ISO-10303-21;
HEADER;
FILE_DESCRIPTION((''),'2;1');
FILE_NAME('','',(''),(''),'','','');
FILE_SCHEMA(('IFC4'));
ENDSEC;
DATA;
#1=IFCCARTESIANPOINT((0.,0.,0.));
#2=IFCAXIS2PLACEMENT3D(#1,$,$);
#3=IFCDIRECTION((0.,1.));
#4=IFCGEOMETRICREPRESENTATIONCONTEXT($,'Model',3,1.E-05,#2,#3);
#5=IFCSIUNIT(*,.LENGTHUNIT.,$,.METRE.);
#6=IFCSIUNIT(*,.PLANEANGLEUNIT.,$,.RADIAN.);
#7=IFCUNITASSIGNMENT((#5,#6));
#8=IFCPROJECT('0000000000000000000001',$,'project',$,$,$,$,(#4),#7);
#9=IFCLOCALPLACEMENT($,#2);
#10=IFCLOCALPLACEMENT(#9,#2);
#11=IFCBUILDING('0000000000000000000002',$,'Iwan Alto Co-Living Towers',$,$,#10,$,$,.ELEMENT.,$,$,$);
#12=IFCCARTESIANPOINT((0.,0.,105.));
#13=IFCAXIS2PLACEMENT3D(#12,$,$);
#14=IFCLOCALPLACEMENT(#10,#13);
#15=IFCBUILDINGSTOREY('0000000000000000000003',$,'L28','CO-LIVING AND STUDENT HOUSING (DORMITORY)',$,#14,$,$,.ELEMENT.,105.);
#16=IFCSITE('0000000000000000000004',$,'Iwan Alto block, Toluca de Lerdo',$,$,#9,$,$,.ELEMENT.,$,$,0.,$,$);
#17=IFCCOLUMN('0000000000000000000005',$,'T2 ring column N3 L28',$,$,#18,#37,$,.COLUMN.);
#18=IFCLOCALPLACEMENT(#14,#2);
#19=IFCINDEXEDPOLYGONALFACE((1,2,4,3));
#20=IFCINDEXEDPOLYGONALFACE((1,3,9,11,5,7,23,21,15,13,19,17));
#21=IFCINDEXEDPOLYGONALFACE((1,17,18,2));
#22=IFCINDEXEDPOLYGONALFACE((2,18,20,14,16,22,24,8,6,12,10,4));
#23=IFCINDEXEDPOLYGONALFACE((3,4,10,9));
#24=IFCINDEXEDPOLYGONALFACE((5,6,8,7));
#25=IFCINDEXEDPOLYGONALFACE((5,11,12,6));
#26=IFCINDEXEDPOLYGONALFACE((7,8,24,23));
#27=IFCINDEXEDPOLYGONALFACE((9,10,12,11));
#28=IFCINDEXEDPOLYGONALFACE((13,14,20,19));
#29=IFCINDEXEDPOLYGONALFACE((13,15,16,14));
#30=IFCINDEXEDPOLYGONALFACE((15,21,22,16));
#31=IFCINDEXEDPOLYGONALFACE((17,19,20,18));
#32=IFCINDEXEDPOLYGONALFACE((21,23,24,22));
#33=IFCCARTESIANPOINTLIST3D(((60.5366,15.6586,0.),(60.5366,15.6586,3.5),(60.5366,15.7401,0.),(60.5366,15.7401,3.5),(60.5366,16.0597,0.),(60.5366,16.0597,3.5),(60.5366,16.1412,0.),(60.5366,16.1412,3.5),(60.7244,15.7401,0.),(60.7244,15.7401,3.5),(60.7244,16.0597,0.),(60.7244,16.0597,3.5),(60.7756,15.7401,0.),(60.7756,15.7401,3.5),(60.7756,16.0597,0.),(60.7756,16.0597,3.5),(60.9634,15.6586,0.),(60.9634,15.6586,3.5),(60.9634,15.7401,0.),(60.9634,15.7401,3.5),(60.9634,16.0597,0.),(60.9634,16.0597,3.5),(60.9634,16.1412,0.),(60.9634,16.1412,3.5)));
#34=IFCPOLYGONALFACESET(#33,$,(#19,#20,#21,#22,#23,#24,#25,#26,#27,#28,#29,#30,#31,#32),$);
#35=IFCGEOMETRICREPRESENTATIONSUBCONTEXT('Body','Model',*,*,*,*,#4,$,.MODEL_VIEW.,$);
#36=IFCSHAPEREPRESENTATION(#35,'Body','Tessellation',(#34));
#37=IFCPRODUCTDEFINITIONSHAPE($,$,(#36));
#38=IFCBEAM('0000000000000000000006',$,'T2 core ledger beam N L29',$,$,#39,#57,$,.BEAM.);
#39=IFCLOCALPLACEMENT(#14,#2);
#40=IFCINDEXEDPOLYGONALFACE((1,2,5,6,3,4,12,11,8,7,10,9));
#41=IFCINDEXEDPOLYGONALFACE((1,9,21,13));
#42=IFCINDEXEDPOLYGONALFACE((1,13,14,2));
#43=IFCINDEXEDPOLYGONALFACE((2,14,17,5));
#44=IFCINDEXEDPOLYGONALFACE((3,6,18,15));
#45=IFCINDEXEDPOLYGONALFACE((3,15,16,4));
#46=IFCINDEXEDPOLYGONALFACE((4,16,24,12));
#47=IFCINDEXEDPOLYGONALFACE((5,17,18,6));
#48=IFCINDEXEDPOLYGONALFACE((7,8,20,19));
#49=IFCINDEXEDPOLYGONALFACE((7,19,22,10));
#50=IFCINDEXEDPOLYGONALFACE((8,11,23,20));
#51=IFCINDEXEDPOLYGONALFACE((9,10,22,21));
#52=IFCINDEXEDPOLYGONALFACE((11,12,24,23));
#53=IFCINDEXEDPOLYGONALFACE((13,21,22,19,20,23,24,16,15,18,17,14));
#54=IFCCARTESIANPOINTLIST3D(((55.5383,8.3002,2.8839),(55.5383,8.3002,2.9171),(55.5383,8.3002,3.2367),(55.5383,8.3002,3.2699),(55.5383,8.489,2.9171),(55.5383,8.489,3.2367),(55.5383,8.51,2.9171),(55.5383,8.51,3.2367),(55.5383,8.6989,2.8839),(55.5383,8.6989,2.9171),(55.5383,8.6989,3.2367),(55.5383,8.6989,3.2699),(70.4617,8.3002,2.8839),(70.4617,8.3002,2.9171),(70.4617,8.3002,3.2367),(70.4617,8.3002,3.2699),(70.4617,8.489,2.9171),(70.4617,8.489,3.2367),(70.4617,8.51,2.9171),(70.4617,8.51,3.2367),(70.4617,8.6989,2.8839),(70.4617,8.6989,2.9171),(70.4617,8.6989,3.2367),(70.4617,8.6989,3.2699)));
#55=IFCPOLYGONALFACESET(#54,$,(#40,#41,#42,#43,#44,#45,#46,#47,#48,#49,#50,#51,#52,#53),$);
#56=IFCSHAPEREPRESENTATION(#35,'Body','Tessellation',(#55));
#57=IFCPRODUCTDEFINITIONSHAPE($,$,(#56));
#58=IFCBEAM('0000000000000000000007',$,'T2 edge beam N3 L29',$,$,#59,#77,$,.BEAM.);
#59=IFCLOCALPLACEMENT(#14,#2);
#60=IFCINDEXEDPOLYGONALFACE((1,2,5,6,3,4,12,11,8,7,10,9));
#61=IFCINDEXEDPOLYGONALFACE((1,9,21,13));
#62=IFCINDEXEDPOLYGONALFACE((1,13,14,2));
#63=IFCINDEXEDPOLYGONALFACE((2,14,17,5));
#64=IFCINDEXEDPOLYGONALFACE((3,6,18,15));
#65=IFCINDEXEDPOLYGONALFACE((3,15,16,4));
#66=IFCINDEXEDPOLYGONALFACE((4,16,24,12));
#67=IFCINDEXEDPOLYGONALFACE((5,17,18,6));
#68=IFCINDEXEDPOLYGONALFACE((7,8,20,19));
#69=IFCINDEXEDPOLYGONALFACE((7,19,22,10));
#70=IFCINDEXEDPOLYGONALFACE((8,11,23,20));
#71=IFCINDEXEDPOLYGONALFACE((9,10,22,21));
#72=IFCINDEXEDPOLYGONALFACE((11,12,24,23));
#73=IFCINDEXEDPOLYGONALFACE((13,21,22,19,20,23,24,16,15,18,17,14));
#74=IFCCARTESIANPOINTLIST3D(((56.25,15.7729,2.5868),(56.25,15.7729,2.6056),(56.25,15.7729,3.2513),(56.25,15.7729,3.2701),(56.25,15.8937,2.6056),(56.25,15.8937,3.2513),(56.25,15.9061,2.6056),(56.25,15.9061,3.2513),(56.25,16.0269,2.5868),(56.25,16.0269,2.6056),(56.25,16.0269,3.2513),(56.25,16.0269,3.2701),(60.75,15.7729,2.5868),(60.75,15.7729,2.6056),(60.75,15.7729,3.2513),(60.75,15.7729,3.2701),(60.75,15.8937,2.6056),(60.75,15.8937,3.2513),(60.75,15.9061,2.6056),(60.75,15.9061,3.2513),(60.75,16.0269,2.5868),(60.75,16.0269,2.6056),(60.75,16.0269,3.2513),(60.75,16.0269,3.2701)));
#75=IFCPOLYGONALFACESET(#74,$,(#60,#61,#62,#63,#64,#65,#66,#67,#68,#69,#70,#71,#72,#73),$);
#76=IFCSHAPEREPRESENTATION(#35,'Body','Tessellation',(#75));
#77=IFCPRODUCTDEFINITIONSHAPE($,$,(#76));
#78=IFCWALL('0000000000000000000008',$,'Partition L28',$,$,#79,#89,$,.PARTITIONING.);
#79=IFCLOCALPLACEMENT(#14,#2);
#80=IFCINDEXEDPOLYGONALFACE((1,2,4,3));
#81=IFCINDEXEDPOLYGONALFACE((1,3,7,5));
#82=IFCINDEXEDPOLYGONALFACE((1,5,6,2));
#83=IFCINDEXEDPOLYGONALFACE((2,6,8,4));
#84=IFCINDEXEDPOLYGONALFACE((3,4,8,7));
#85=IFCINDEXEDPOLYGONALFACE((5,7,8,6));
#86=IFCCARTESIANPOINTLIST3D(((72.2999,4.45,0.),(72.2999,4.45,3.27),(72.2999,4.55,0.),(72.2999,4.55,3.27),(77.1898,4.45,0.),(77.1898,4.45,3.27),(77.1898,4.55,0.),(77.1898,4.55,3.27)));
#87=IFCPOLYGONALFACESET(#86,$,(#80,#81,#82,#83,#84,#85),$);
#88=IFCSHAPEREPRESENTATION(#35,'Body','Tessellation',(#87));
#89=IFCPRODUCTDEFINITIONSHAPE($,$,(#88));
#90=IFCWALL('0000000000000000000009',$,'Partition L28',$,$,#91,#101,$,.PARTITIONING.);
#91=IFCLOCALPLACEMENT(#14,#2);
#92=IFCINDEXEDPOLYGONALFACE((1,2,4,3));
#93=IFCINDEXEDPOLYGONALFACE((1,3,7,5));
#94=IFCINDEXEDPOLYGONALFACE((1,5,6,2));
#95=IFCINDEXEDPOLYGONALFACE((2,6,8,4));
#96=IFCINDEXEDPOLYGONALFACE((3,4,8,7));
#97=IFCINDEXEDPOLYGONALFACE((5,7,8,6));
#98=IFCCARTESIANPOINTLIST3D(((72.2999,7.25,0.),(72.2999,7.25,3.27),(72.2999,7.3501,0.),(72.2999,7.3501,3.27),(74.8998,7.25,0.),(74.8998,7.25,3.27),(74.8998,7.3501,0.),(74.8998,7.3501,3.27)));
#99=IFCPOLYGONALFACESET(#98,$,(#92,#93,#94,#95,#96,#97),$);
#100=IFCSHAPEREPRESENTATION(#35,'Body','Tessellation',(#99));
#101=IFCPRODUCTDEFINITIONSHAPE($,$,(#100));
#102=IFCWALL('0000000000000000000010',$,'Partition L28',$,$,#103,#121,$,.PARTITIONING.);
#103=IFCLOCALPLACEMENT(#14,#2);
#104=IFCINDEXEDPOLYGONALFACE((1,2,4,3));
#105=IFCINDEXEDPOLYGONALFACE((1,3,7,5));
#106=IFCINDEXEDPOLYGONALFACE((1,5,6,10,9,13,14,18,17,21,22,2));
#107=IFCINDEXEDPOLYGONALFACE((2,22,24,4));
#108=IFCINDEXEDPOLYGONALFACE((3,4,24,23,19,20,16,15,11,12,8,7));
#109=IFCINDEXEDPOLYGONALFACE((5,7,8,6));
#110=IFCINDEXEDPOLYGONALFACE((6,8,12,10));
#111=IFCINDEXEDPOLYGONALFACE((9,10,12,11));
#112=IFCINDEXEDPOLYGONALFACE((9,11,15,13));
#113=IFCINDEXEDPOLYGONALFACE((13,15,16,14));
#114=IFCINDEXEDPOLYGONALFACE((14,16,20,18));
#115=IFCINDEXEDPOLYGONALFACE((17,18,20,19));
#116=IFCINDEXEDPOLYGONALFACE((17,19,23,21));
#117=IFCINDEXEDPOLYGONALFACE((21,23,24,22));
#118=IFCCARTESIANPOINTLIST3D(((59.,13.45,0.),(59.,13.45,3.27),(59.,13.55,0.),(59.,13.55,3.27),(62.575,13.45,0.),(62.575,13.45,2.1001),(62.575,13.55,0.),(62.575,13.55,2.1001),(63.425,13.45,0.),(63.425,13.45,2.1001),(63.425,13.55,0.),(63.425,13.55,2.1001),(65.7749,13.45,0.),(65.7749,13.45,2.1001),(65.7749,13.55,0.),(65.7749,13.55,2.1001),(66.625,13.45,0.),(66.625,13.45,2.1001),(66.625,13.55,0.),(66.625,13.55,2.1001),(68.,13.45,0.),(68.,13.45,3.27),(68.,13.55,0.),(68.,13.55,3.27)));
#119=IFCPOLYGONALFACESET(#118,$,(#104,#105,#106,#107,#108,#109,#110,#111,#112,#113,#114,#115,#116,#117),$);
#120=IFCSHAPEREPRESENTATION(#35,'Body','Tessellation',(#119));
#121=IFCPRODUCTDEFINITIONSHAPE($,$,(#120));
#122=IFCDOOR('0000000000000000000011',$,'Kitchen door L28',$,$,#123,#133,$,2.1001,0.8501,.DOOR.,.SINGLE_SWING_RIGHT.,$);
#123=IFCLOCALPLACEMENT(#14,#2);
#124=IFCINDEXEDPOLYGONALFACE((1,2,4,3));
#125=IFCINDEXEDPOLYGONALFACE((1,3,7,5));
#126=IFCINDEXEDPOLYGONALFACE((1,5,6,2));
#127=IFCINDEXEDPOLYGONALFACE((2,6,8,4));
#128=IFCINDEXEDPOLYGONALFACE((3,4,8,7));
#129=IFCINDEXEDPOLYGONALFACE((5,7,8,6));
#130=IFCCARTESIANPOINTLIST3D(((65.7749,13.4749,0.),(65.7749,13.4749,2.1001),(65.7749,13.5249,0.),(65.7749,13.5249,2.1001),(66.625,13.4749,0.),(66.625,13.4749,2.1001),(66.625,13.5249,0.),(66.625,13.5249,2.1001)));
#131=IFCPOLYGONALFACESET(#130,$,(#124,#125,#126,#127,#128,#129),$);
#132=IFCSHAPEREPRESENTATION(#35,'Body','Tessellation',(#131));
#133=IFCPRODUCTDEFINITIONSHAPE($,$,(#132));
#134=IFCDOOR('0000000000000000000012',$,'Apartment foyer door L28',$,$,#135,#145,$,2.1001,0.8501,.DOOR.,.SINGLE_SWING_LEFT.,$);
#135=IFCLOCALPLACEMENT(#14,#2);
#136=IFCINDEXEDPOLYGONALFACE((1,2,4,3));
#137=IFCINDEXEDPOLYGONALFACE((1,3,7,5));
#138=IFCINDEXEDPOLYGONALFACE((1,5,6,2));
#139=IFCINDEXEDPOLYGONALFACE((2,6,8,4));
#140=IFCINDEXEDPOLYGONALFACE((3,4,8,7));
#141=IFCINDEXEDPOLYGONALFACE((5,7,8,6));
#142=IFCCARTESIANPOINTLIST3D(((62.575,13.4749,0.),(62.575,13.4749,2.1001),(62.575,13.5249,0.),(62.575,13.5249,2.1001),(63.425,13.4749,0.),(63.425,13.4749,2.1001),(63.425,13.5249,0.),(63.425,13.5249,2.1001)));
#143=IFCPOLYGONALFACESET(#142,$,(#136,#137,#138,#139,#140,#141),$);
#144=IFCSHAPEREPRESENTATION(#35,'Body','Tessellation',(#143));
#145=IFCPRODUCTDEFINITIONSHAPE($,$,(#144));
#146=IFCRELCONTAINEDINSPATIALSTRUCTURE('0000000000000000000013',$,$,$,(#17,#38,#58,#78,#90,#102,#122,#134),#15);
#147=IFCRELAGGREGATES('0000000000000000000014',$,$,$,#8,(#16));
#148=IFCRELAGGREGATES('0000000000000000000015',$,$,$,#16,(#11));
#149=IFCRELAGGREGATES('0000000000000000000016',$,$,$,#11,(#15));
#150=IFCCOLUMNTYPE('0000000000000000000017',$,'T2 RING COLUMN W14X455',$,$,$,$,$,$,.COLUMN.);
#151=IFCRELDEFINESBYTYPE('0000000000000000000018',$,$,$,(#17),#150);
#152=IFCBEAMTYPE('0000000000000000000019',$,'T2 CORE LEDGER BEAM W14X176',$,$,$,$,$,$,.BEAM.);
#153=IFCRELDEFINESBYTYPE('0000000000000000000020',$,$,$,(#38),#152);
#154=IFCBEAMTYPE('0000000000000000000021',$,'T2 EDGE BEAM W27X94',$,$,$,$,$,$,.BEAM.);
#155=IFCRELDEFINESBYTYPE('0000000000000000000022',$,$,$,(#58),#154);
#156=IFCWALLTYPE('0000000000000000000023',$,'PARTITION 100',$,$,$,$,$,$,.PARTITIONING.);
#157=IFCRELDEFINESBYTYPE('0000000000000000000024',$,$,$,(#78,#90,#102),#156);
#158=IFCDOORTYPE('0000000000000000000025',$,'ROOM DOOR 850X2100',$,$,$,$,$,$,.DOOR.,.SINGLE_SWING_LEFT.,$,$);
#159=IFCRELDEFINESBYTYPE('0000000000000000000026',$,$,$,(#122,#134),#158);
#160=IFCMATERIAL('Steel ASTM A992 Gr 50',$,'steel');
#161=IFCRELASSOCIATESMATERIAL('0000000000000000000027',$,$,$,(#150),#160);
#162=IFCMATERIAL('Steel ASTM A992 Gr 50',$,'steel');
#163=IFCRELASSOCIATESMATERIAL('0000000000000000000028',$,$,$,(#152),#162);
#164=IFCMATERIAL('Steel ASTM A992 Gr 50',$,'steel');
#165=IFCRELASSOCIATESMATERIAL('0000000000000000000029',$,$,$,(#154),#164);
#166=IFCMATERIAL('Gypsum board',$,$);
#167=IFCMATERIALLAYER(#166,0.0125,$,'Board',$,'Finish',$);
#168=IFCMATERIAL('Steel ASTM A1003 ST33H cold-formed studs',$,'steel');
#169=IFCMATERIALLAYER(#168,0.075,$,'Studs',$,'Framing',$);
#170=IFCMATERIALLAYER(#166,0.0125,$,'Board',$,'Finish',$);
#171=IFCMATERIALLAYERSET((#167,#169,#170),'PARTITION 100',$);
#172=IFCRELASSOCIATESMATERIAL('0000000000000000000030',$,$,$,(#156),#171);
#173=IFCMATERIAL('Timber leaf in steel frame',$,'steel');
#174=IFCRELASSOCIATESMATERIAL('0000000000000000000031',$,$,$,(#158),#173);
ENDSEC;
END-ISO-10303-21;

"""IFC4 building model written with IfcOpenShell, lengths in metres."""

from ifc_helpers import new_model, si_unit, direction, frame, frame_2d, origin, origin_2d, place, context, subcontext, project, spatial, rectangle, i_section, extrude, material, layer, layer_set, material_profile, profile_set, type_object, element, fill, save


model = new_model("IFC4")

# Units and contexts
model_context = context("Model", 3, precision=1e-05, world=origin(), true_north=direction((0.0, 1.0)))
body_context = subcontext(model_context, "Body", "Model", "MODEL_VIEW")
ifc_project = project(units=[si_unit("LENGTHUNIT", "METRE"), si_unit("PLANEANGLEUNIT", "RADIAN")], contexts=[model_context])

# Site, building, storey
site_placement = place(None, origin())
site = spatial("IfcSite", under=ifc_project, at=site_placement, Name="Iwan Alto block, Toluca de Lerdo", CompositionType="ELEMENT", RefElevation=0.0)
building_placement = place(site_placement, origin())
building = spatial("IfcBuilding", under=site, at=building_placement, Name="Iwan Alto Co-Living Towers", CompositionType="ELEMENT")
storey_placement = place(building_placement, frame((0.0, 0.0, 105.0)))
storey = spatial("IfcBuildingStorey", under=building, at=storey_placement, Name="L28", Description="CO-LIVING AND STUDENT HOUSING (DORMITORY)", CompositionType="ELEMENT", Elevation=105.0)

# Column
ifc_material_1 = material(Name="Steel ASTM A992 Gr 50", Category="steel")
ifc_material_profile_1 = material_profile(ifc_material_1, i_section(OverallWidth=0.4268, OverallDepth=0.4827, WebThickness=0.0513, FlangeThickness=0.0815, at=origin_2d()), Name="W14X455")
ifc_profile_set_1 = profile_set([ifc_material_profile_1], Name="Steel ASTM A992 Gr 50")
column_type = type_object("IfcColumnType", Name="T2 RING COLUMN W14X455", PredefinedType="COLUMN", material=ifc_profile_set_1)
column_placement = place(storey_placement, frame((60.75, 15.8999, 0.0), z_axis=(0.0, 0.0, 1.0), x_axis=(1.0, 0.0, 0.0)))
element("IfcColumn", 1, at=column_placement, inside=storey, type_object=column_type, Name="T2 ring column N3 L28", PredefinedType="COLUMN", context=body_context, shape_type="SweptSolid", body=[
    extrude(i_section(OverallWidth=0.4268, OverallDepth=0.4827, WebThickness=0.0513, FlangeThickness=0.0815, at=origin_2d()), origin(), (0.0, 0.0, 1.0), 3.5),
])

# Beams
ifc_material_2 = material(Name="Steel ASTM A992 Gr 50", Category="steel")
ifc_material_profile_2 = material_profile(ifc_material_2, i_section(OverallWidth=0.3987, OverallDepth=0.386, WebThickness=0.021, FlangeThickness=0.0332, at=origin_2d()), Name="W14X176")
ifc_profile_set_2 = profile_set([ifc_material_profile_2], Name="Steel ASTM A992 Gr 50")
beam_type_1 = type_object("IfcBeamType", Name="T2 CORE LEDGER BEAM W14X176", PredefinedType="BEAM", material=ifc_profile_set_2)
beam_1_placement = place(storey_placement, frame((70.4617, 8.4995, 3.0769), z_axis=(-1.0, 0.0, 0.0), x_axis=(0.0, -1.0, 0.0)))
element("IfcBeam", 2, at=beam_1_placement, inside=storey, type_object=beam_type_1, Name="T2 core ledger beam N L29", PredefinedType="BEAM", context=body_context, shape_type="SweptSolid", body=[
    extrude(i_section(OverallWidth=0.3987, OverallDepth=0.386, WebThickness=0.021, FlangeThickness=0.0332, at=origin_2d()), origin(), (0.0, 0.0, 1.0), 14.9233),
])
ifc_material_3 = material(Name="Steel ASTM A992 Gr 50", Category="steel")
ifc_material_profile_3 = material_profile(ifc_material_3, i_section(OverallWidth=0.2539, OverallDepth=0.6833, WebThickness=0.0125, FlangeThickness=0.0188, at=origin_2d()), Name="W27X94")
ifc_profile_set_3 = profile_set([ifc_material_profile_3], Name="Steel ASTM A992 Gr 50")
beam_type_2 = type_object("IfcBeamType", Name="T2 EDGE BEAM W27X94", PredefinedType="BEAM", material=ifc_profile_set_3)
beam_2_placement = place(storey_placement, frame((60.75, 15.8999, 2.9285), z_axis=(-1.0, 0.0, 0.0), x_axis=(0.0, -1.0, 0.0)))
element("IfcBeam", 3, at=beam_2_placement, inside=storey, type_object=beam_type_2, Name="T2 edge beam N3 L29", PredefinedType="BEAM", context=body_context, shape_type="SweptSolid", body=[
    extrude(i_section(OverallWidth=0.2539, OverallDepth=0.6833, WebThickness=0.0125, FlangeThickness=0.0188, at=origin_2d()), origin(), (0.0, 0.0, 1.0), 4.5),
])

# Walls
ifc_material_4 = material(Name="Gypsum board")
ifc_layer_1 = layer(ifc_material_4, 0.0125, Name="Board", Category="Finish")
ifc_material_5 = material(Name="Steel ASTM A1003 ST33H cold-formed studs", Category="steel")
ifc_layer_2 = layer(ifc_material_5, 0.075, Name="Studs", Category="Framing")
ifc_layer_3 = layer(ifc_material_4, 0.0125, Name="Board", Category="Finish")
ifc_layer_set_1 = layer_set([ifc_layer_1, ifc_layer_2, ifc_layer_3], Name="PARTITION 100")
wall_type_1 = type_object("IfcWallType", Name="PARTITION 100", PredefinedType="PARTITIONING", material=ifc_layer_set_1)
wall_1_placement = place(storey_placement, frame((72.3, 4.5, 0.0), z_axis=(0.0, 0.0, 1.0), x_axis=(1.0, 0.0, 0.0)))
element("IfcWall", 4, at=wall_1_placement, inside=storey, type_object=wall_type_1, Name="Partition L28", PredefinedType="PARTITIONING", context=body_context, shape_type="SweptSolid", body=[
    extrude(rectangle(XDim=4.8899, YDim=0.1001, at=frame_2d((2.4448, 0.0))), origin(), (0.0, 0.0, 1.0), 3.27),
])
wall_2_placement = place(storey_placement, frame((72.3, 7.3, 0.0), z_axis=(0.0, 0.0, 1.0), x_axis=(1.0, 0.0, 0.0)))
element("IfcWall", 5, at=wall_2_placement, inside=storey, type_object=wall_type_1, Name="Partition L28", PredefinedType="PARTITIONING", context=body_context, shape_type="SweptSolid", body=[
    extrude(rectangle(XDim=2.5999, YDim=0.1001, at=frame_2d((1.2998, 0.0))), origin(), (0.0, 0.0, 1.0), 3.27),
])

# Wall, openings, doors
wall_3_placement = place(storey_placement, frame((59.0, 13.5, 0.0), z_axis=(0.0, 0.0, 1.0), x_axis=(1.0, 0.0, 0.0)))
wall_3 = element("IfcWall", 6, at=wall_3_placement, inside=storey, type_object=wall_type_1, Name="Partition L28", PredefinedType="PARTITIONING", context=body_context, shape_type="SweptSolid", body=[
    extrude(rectangle(XDim=9.0, YDim=0.1001, at=frame_2d((4.5, 0.0))), origin(), (0.0, 0.0, 1.0), 3.27),
])
opening_1_placement = place(wall_3_placement, frame((6.7749, 0.0, 0.0)))
opening_1 = element("IfcOpeningElement", 7, at=opening_1_placement, cuts=wall_3, PredefinedType="OPENING", context=body_context, shape_type="SweptSolid", body=[
    extrude(rectangle(XDim=0.8501, YDim=2.1001, at=frame_2d((0.425, 1.05))), frame((0.0, 0.0601, 0.0), z_axis=(0.0, -1.0, 0.0), x_axis=(1.0, 0.0, 0.0)), (0.0, 0.0, 1.0), 0.1201),
])
opening_2_placement = place(wall_3_placement, frame((3.575, 0.0, 0.0)))
opening_2 = element("IfcOpeningElement", 8, at=opening_2_placement, cuts=wall_3, PredefinedType="OPENING", context=body_context, shape_type="SweptSolid", body=[
    extrude(rectangle(XDim=0.8501, YDim=2.1001, at=frame_2d((0.425, 1.05))), frame((0.0, 0.0601, 0.0), z_axis=(0.0, -1.0, 0.0), x_axis=(1.0, 0.0, 0.0)), (0.0, 0.0, 1.0), 0.1201),
])
ifc_material_6 = material(Name="Timber leaf in steel frame", Category="steel")
door_type_1 = type_object("IfcDoorType", Name="ROOM DOOR 850X2100", OperationType="SINGLE_SWING_LEFT", PredefinedType="DOOR", material=ifc_material_6)
door_1_placement = place(opening_1_placement, origin())
door_1 = element("IfcDoor", 9, at=door_1_placement, inside=storey, type_object=door_type_1, Name="Kitchen door L28", OperationType="SINGLE_SWING_RIGHT", OverallHeight=2.1001, OverallWidth=0.8501, PredefinedType="DOOR", context=body_context, shape_type="SweptSolid", body=[
    extrude(rectangle(XDim=0.8501, YDim=2.1001, at=frame_2d((0.425, 1.05))), frame((0.0, 0.0249, 0.0), z_axis=(0.0, -1.0, 0.0), x_axis=(1.0, 0.0, 0.0)), (0.0, 0.0, 1.0), 0.05),
])
fill(opening_1, door_1)
door_2_placement = place(opening_2_placement, origin())
door_2 = element("IfcDoor", 10, at=door_2_placement, inside=storey, type_object=door_type_1, Name="Apartment foyer door L28", OperationType="SINGLE_SWING_LEFT", OverallHeight=2.1001, OverallWidth=0.8501, PredefinedType="DOOR", context=body_context, shape_type="SweptSolid", body=[
    extrude(rectangle(XDim=0.8501, YDim=2.1001, at=frame_2d((0.425, 1.05))), frame((0.0, 0.0249, 0.0), z_axis=(0.0, -1.0, 0.0), x_axis=(1.0, 0.0, 0.0)), (0.0, 0.0, 1.0), 0.05),
])
fill(opening_2, door_2)

save(model, "model.ifc")
